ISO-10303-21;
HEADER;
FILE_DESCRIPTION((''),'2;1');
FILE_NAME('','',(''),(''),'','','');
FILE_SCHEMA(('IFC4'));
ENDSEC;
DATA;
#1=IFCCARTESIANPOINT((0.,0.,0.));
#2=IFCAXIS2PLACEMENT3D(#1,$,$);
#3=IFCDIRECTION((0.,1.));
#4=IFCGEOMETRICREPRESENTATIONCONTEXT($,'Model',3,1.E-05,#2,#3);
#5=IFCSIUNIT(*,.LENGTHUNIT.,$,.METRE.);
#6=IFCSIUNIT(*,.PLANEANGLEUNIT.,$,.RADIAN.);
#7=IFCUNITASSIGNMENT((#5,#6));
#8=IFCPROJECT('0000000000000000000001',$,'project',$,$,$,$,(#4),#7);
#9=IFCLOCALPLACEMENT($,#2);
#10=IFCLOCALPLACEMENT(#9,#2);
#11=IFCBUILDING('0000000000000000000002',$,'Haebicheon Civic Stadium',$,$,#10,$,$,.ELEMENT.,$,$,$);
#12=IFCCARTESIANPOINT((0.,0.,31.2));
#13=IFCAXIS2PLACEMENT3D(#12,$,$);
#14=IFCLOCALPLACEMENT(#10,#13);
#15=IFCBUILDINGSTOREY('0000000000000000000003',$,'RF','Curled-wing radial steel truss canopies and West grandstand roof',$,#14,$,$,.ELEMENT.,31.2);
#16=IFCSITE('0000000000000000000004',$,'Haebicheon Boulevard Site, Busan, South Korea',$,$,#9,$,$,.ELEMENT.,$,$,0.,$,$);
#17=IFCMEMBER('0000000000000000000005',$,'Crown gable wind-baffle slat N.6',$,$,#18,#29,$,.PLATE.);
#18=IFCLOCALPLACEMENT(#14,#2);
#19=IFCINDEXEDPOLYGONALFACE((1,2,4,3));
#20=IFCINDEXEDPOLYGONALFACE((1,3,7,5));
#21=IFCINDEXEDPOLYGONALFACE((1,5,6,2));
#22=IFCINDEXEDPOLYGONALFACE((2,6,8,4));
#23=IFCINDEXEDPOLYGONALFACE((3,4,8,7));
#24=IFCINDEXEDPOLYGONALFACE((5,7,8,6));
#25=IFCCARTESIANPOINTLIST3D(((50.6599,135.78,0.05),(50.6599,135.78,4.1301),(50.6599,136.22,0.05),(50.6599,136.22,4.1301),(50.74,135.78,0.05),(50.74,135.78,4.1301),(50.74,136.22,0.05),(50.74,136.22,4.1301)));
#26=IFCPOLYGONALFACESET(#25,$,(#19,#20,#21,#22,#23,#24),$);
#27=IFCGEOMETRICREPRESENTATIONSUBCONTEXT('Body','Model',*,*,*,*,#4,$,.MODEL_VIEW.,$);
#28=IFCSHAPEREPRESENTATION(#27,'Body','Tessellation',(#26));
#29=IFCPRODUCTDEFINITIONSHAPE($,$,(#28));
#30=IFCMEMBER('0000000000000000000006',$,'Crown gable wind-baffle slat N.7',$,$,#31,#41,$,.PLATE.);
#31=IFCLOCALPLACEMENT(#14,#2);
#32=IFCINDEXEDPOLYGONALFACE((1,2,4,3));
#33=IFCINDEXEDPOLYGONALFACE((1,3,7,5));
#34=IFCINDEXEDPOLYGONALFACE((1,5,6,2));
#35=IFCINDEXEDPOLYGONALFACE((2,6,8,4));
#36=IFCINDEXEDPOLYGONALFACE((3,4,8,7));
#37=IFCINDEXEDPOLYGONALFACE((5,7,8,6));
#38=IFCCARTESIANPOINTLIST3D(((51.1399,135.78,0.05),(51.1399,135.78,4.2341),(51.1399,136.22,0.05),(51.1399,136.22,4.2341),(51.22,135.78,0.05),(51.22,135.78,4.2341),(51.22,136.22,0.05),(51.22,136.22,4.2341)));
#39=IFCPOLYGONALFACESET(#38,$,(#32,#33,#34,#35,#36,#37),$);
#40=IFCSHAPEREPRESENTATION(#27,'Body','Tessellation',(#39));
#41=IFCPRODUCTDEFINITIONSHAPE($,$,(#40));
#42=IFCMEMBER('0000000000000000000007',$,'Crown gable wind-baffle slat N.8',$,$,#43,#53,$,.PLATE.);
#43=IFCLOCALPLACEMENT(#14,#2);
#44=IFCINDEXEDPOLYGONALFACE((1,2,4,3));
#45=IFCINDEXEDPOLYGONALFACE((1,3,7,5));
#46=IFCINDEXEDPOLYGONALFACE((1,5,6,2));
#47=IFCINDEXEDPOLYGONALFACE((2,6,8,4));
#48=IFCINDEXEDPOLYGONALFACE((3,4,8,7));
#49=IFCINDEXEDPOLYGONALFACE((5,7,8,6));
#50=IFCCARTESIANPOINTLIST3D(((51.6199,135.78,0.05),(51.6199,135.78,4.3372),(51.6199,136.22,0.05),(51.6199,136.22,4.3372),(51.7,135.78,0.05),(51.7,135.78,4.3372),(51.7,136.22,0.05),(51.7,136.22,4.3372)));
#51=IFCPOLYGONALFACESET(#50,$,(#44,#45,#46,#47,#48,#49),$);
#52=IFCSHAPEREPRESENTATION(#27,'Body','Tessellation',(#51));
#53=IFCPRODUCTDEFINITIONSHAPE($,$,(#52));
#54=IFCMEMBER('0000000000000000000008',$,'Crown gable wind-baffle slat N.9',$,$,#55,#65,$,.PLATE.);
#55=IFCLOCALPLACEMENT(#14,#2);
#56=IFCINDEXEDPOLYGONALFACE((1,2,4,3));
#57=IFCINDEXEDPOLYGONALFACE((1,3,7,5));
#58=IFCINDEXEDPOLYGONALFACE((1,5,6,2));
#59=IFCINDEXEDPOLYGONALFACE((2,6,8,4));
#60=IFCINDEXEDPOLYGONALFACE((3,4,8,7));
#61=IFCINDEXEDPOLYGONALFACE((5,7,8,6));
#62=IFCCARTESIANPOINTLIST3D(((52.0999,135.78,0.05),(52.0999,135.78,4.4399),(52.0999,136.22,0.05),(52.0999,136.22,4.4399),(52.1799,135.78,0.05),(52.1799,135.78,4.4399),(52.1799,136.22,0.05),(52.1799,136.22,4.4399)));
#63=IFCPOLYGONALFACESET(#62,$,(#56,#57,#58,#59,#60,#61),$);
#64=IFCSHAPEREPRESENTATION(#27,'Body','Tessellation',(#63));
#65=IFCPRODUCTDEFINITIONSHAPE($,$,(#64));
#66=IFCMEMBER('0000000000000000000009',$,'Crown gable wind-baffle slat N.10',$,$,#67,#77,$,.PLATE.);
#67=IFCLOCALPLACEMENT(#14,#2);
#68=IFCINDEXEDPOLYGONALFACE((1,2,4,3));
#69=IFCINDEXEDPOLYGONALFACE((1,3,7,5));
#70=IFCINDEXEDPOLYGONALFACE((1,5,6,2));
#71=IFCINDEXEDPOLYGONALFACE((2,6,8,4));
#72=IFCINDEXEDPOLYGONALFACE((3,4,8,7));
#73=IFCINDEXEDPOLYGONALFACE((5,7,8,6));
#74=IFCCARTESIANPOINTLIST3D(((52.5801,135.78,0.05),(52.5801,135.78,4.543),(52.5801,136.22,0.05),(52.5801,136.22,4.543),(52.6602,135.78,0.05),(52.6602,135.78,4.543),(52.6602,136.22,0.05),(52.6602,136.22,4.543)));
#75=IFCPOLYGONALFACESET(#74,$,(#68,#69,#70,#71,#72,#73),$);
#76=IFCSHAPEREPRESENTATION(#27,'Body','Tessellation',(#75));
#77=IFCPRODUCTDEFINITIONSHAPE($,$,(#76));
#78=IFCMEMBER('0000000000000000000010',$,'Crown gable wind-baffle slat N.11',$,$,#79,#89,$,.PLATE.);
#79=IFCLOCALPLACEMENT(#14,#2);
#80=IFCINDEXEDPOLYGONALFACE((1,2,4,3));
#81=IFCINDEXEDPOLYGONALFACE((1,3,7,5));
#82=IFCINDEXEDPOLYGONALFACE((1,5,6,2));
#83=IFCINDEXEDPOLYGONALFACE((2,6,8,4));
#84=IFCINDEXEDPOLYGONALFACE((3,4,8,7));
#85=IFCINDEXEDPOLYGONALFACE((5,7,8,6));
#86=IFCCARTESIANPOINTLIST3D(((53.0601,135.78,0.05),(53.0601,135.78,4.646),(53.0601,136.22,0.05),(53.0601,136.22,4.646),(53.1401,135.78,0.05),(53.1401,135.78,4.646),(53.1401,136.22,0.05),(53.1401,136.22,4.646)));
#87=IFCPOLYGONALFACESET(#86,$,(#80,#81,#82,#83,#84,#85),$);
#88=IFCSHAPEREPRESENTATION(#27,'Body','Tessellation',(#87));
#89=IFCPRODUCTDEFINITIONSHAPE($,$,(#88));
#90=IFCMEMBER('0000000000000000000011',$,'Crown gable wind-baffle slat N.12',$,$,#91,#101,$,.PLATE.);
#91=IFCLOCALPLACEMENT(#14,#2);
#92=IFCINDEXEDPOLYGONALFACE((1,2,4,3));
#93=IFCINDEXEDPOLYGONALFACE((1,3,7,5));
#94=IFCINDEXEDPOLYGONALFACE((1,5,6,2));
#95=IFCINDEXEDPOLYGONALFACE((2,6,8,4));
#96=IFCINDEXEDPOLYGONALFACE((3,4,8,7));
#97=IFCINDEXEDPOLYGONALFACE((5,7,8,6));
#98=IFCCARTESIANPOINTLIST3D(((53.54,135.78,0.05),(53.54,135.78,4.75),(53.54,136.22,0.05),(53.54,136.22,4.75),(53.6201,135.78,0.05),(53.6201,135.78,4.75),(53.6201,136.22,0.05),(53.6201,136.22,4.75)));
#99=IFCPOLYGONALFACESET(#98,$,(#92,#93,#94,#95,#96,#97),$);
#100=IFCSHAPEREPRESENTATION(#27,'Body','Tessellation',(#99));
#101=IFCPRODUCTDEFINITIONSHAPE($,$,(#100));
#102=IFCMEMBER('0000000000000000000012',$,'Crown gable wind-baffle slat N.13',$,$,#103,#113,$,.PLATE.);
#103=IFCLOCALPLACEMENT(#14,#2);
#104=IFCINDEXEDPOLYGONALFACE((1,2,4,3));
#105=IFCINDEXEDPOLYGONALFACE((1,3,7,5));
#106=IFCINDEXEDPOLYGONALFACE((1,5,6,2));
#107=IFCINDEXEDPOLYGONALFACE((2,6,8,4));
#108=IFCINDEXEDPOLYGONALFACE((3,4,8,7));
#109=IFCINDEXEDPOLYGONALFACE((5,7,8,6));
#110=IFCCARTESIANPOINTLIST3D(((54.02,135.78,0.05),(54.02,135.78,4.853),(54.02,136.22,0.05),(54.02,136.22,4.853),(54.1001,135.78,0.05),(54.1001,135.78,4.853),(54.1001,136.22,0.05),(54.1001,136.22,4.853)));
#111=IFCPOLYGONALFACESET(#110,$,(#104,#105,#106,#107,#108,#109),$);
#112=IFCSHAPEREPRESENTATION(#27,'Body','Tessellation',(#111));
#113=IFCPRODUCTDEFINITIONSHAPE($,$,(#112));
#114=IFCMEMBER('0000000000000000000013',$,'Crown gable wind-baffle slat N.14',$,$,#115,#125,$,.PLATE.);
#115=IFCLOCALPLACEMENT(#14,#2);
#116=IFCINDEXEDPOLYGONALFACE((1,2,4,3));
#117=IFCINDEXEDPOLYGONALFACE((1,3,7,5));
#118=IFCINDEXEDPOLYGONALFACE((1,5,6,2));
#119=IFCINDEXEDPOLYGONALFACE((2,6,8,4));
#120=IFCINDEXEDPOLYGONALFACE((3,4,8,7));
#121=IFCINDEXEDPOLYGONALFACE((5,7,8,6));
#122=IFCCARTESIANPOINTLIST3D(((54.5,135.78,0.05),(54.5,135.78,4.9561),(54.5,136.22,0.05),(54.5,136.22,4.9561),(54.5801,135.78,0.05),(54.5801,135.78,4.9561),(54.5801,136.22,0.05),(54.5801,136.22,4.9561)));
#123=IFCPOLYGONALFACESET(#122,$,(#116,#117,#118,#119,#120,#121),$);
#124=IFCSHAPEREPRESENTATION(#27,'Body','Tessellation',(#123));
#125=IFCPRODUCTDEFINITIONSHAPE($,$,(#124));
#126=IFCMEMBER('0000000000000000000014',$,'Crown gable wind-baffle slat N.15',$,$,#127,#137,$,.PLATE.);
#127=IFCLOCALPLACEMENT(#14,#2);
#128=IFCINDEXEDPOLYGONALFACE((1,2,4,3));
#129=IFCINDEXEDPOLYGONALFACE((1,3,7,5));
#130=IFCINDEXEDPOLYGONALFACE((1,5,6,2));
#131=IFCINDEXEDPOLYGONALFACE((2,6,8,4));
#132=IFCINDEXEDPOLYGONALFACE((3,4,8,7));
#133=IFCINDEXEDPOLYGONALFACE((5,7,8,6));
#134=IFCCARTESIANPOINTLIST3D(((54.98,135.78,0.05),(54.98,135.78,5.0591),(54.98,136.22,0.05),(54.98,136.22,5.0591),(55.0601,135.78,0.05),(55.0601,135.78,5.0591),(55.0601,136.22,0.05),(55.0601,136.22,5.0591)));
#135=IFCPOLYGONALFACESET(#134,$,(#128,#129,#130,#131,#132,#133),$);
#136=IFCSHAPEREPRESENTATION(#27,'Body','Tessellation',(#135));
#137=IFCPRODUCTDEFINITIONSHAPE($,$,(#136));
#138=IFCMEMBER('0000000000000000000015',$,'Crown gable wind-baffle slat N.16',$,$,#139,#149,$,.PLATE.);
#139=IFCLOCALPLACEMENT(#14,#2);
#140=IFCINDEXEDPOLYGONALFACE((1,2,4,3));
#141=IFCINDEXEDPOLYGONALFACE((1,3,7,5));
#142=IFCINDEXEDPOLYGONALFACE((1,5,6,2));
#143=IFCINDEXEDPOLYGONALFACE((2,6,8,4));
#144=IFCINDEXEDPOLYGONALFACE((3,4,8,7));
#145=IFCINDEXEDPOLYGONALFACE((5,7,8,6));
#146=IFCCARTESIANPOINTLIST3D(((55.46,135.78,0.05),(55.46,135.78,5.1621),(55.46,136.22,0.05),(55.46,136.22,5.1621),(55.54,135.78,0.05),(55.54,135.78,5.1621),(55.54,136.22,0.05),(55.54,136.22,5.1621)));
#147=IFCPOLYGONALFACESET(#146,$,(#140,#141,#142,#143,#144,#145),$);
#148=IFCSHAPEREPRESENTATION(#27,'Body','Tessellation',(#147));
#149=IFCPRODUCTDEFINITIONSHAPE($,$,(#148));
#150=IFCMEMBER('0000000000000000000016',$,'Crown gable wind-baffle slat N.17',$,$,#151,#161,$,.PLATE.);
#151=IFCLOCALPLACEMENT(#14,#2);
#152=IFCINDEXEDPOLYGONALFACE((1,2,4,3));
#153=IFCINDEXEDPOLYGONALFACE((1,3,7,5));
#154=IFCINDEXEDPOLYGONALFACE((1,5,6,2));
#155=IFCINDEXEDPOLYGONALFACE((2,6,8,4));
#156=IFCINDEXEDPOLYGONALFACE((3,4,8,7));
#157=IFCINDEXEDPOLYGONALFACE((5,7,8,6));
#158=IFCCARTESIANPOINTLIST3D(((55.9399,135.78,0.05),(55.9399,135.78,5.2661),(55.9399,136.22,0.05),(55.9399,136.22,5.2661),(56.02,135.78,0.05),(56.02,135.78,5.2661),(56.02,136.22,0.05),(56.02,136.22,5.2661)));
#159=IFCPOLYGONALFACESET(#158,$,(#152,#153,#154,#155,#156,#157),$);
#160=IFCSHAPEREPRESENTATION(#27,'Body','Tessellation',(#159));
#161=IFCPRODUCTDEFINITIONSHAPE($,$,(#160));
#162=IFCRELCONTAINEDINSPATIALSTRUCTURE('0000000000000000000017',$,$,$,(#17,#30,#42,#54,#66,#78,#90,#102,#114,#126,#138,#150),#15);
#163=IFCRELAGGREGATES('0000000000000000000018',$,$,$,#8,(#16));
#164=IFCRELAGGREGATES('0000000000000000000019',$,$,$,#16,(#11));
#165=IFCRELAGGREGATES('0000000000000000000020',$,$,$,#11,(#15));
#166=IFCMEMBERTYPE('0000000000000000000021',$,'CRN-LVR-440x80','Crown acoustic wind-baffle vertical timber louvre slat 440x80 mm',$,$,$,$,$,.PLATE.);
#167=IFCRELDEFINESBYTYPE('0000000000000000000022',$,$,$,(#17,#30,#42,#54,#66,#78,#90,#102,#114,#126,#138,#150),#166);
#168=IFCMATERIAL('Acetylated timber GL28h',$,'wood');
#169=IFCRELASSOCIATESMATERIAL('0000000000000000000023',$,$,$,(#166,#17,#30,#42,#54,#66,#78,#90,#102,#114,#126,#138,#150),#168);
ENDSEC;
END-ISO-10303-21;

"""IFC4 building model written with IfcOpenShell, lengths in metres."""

from ifc_helpers import new_model, si_unit, direction, frame, origin, origin_2d, place, context, subcontext, project, spatial, rectangle, extrude, material, material_profile, profile_set, type_object, element, save


model = new_model("IFC4")

# Units and contexts
model_context = context("Model", 3, precision=1e-05, world=origin(), true_north=direction((0.0, 1.0)))
body_context = subcontext(model_context, "Body", "Model", "MODEL_VIEW")
ifc_project = project(units=[si_unit("LENGTHUNIT", "METRE"), si_unit("PLANEANGLEUNIT", "RADIAN")], contexts=[model_context])

# Site, building, storey
site_placement = place(None, origin())
site = spatial("IfcSite", under=ifc_project, at=site_placement, Name="Haebicheon Boulevard Site, Busan, South Korea", CompositionType="ELEMENT", RefElevation=0.0)
building_placement = place(site_placement, origin())
building = spatial("IfcBuilding", under=site, at=building_placement, Name="Haebicheon Civic Stadium", CompositionType="ELEMENT")
storey_placement = place(building_placement, frame((0.0, 0.0, 31.2)))
storey = spatial("IfcBuildingStorey", under=building, at=storey_placement, Name="RF", Description="Curled-wing radial steel truss canopies and West grandstand roof", CompositionType="ELEMENT", Elevation=31.2)

# Members
ifc_material_1 = material(Name="Acetylated timber GL28h", Category="wood")
ifc_material_profile_1 = material_profile(ifc_material_1, rectangle(XDim=0.0801, YDim=0.4399, at=origin_2d()), Name="TMB-LOUV-80x440")
ifc_profile_set_1 = profile_set([ifc_material_profile_1], Name="Acetylated timber GL28h")
member_type_1 = type_object("IfcMemberType", Name="CRN-LVR-440x80", Description="Crown acoustic wind-baffle vertical timber louvre slat 440x80 mm", PredefinedType="PLATE", material=ifc_profile_set_1)
member_1_placement = place(storey_placement, frame((50.7, 136.0, 0.05), z_axis=(0.0, 0.0, 1.0), x_axis=(1.0, 0.0, 0.0)))
element("IfcMember", 1, at=member_1_placement, inside=storey, type_object=member_type_1, material=ifc_profile_set_1, Name="Crown gable wind-baffle slat N.6", PredefinedType="PLATE", context=body_context, shape_type="SweptSolid", body=[
    extrude(rectangle(XDim=0.0801, YDim=0.4399, at=origin_2d()), origin(), (0.0, 0.0, 1.0), 4.0801),
])
member_2_placement = place(storey_placement, frame((51.1799, 136.0, 0.05), z_axis=(0.0, 0.0, 1.0), x_axis=(1.0, 0.0, 0.0)))
element("IfcMember", 2, at=member_2_placement, inside=storey, type_object=member_type_1, material=ifc_profile_set_1, Name="Crown gable wind-baffle slat N.7", PredefinedType="PLATE", context=body_context, shape_type="SweptSolid", body=[
    extrude(rectangle(XDim=0.0801, YDim=0.4399, at=origin_2d()), origin(), (0.0, 0.0, 1.0), 4.1841),
])
member_3_placement = place(storey_placement, frame((51.6599, 136.0, 0.05), z_axis=(0.0, 0.0, 1.0), x_axis=(1.0, 0.0, 0.0)))
element("IfcMember", 3, at=member_3_placement, inside=storey, type_object=member_type_1, material=ifc_profile_set_1, Name="Crown gable wind-baffle slat N.8", PredefinedType="PLATE", context=body_context, shape_type="SweptSolid", body=[
    extrude(rectangle(XDim=0.0801, YDim=0.4399, at=origin_2d()), origin(), (0.0, 0.0, 1.0), 4.2871),
])
member_4_placement = place(storey_placement, frame((52.1399, 136.0, 0.05), z_axis=(0.0, 0.0, 1.0), x_axis=(1.0, 0.0, 0.0)))
element("IfcMember", 4, at=member_4_placement, inside=storey, type_object=member_type_1, material=ifc_profile_set_1, Name="Crown gable wind-baffle slat N.9", PredefinedType="PLATE", context=body_context, shape_type="SweptSolid", body=[
    extrude(rectangle(XDim=0.0801, YDim=0.4399, at=origin_2d()), origin(), (0.0, 0.0, 1.0), 4.3899),
])
member_5_placement = place(storey_placement, frame((52.6201, 136.0, 0.05), z_axis=(0.0, 0.0, 1.0), x_axis=(1.0, 0.0, 0.0)))
element("IfcMember", 5, at=member_5_placement, inside=storey, type_object=member_type_1, material=ifc_profile_set_1, Name="Crown gable wind-baffle slat N.10", PredefinedType="PLATE", context=body_context, shape_type="SweptSolid", body=[
    extrude(rectangle(XDim=0.0801, YDim=0.4399, at=origin_2d()), origin(), (0.0, 0.0, 1.0), 4.4929),
])
member_6_placement = place(storey_placement, frame((53.1001, 136.0, 0.05), z_axis=(0.0, 0.0, 1.0), x_axis=(1.0, 0.0, 0.0)))
element("IfcMember", 6, at=member_6_placement, inside=storey, type_object=member_type_1, material=ifc_profile_set_1, Name="Crown gable wind-baffle slat N.11", PredefinedType="PLATE", context=body_context, shape_type="SweptSolid", body=[
    extrude(rectangle(XDim=0.0801, YDim=0.4399, at=origin_2d()), origin(), (0.0, 0.0, 1.0), 4.5959),
])
member_7_placement = place(storey_placement, frame((53.5801, 136.0, 0.05), z_axis=(0.0, 0.0, 1.0), x_axis=(1.0, 0.0, 0.0)))
element("IfcMember", 7, at=member_7_placement, inside=storey, type_object=member_type_1, material=ifc_profile_set_1, Name="Crown gable wind-baffle slat N.12", PredefinedType="PLATE", context=body_context, shape_type="SweptSolid", body=[
    extrude(rectangle(XDim=0.0801, YDim=0.4399, at=origin_2d()), origin(), (0.0, 0.0, 1.0), 4.7),
])
member_8_placement = place(storey_placement, frame((54.0601, 136.0, 0.05), z_axis=(0.0, 0.0, 1.0), x_axis=(1.0, 0.0, 0.0)))
element("IfcMember", 8, at=member_8_placement, inside=storey, type_object=member_type_1, material=ifc_profile_set_1, Name="Crown gable wind-baffle slat N.13", PredefinedType="PLATE", context=body_context, shape_type="SweptSolid", body=[
    extrude(rectangle(XDim=0.0801, YDim=0.4399, at=origin_2d()), origin(), (0.0, 0.0, 1.0), 4.803),
])
member_9_placement = place(storey_placement, frame((54.54, 136.0, 0.05), z_axis=(0.0, 0.0, 1.0), x_axis=(1.0, 0.0, 0.0)))
element("IfcMember", 9, at=member_9_placement, inside=storey, type_object=member_type_1, material=ifc_profile_set_1, Name="Crown gable wind-baffle slat N.14", PredefinedType="PLATE", context=body_context, shape_type="SweptSolid", body=[
    extrude(rectangle(XDim=0.0801, YDim=0.4399, at=origin_2d()), origin(), (0.0, 0.0, 1.0), 4.906),
])
member_10_placement = place(storey_placement, frame((55.02, 136.0, 0.05), z_axis=(0.0, 0.0, 1.0), x_axis=(1.0, 0.0, 0.0)))
element("IfcMember", 10, at=member_10_placement, inside=storey, type_object=member_type_1, material=ifc_profile_set_1, Name="Crown gable wind-baffle slat N.15", PredefinedType="PLATE", context=body_context, shape_type="SweptSolid", body=[
    extrude(rectangle(XDim=0.0801, YDim=0.4399, at=origin_2d()), origin(), (0.0, 0.0, 1.0), 5.009),
])
member_11_placement = place(storey_placement, frame((55.5, 136.0, 0.05), z_axis=(0.0, 0.0, 1.0), x_axis=(1.0, 0.0, 0.0)))
element("IfcMember", 11, at=member_11_placement, inside=storey, type_object=member_type_1, material=ifc_profile_set_1, Name="Crown gable wind-baffle slat N.16", PredefinedType="PLATE", context=body_context, shape_type="SweptSolid", body=[
    extrude(rectangle(XDim=0.0801, YDim=0.4399, at=origin_2d()), origin(), (0.0, 0.0, 1.0), 5.1121),
])
member_12_placement = place(storey_placement, frame((55.98, 136.0, 0.05), z_axis=(0.0, 0.0, 1.0), x_axis=(1.0, 0.0, 0.0)))
element("IfcMember", 12, at=member_12_placement, inside=storey, type_object=member_type_1, material=ifc_profile_set_1, Name="Crown gable wind-baffle slat N.17", PredefinedType="PLATE", context=body_context, shape_type="SweptSolid", body=[
    extrude(rectangle(XDim=0.0801, YDim=0.4399, at=origin_2d()), origin(), (0.0, 0.0, 1.0), 5.2161),
])

save(model, "model.ifc")
